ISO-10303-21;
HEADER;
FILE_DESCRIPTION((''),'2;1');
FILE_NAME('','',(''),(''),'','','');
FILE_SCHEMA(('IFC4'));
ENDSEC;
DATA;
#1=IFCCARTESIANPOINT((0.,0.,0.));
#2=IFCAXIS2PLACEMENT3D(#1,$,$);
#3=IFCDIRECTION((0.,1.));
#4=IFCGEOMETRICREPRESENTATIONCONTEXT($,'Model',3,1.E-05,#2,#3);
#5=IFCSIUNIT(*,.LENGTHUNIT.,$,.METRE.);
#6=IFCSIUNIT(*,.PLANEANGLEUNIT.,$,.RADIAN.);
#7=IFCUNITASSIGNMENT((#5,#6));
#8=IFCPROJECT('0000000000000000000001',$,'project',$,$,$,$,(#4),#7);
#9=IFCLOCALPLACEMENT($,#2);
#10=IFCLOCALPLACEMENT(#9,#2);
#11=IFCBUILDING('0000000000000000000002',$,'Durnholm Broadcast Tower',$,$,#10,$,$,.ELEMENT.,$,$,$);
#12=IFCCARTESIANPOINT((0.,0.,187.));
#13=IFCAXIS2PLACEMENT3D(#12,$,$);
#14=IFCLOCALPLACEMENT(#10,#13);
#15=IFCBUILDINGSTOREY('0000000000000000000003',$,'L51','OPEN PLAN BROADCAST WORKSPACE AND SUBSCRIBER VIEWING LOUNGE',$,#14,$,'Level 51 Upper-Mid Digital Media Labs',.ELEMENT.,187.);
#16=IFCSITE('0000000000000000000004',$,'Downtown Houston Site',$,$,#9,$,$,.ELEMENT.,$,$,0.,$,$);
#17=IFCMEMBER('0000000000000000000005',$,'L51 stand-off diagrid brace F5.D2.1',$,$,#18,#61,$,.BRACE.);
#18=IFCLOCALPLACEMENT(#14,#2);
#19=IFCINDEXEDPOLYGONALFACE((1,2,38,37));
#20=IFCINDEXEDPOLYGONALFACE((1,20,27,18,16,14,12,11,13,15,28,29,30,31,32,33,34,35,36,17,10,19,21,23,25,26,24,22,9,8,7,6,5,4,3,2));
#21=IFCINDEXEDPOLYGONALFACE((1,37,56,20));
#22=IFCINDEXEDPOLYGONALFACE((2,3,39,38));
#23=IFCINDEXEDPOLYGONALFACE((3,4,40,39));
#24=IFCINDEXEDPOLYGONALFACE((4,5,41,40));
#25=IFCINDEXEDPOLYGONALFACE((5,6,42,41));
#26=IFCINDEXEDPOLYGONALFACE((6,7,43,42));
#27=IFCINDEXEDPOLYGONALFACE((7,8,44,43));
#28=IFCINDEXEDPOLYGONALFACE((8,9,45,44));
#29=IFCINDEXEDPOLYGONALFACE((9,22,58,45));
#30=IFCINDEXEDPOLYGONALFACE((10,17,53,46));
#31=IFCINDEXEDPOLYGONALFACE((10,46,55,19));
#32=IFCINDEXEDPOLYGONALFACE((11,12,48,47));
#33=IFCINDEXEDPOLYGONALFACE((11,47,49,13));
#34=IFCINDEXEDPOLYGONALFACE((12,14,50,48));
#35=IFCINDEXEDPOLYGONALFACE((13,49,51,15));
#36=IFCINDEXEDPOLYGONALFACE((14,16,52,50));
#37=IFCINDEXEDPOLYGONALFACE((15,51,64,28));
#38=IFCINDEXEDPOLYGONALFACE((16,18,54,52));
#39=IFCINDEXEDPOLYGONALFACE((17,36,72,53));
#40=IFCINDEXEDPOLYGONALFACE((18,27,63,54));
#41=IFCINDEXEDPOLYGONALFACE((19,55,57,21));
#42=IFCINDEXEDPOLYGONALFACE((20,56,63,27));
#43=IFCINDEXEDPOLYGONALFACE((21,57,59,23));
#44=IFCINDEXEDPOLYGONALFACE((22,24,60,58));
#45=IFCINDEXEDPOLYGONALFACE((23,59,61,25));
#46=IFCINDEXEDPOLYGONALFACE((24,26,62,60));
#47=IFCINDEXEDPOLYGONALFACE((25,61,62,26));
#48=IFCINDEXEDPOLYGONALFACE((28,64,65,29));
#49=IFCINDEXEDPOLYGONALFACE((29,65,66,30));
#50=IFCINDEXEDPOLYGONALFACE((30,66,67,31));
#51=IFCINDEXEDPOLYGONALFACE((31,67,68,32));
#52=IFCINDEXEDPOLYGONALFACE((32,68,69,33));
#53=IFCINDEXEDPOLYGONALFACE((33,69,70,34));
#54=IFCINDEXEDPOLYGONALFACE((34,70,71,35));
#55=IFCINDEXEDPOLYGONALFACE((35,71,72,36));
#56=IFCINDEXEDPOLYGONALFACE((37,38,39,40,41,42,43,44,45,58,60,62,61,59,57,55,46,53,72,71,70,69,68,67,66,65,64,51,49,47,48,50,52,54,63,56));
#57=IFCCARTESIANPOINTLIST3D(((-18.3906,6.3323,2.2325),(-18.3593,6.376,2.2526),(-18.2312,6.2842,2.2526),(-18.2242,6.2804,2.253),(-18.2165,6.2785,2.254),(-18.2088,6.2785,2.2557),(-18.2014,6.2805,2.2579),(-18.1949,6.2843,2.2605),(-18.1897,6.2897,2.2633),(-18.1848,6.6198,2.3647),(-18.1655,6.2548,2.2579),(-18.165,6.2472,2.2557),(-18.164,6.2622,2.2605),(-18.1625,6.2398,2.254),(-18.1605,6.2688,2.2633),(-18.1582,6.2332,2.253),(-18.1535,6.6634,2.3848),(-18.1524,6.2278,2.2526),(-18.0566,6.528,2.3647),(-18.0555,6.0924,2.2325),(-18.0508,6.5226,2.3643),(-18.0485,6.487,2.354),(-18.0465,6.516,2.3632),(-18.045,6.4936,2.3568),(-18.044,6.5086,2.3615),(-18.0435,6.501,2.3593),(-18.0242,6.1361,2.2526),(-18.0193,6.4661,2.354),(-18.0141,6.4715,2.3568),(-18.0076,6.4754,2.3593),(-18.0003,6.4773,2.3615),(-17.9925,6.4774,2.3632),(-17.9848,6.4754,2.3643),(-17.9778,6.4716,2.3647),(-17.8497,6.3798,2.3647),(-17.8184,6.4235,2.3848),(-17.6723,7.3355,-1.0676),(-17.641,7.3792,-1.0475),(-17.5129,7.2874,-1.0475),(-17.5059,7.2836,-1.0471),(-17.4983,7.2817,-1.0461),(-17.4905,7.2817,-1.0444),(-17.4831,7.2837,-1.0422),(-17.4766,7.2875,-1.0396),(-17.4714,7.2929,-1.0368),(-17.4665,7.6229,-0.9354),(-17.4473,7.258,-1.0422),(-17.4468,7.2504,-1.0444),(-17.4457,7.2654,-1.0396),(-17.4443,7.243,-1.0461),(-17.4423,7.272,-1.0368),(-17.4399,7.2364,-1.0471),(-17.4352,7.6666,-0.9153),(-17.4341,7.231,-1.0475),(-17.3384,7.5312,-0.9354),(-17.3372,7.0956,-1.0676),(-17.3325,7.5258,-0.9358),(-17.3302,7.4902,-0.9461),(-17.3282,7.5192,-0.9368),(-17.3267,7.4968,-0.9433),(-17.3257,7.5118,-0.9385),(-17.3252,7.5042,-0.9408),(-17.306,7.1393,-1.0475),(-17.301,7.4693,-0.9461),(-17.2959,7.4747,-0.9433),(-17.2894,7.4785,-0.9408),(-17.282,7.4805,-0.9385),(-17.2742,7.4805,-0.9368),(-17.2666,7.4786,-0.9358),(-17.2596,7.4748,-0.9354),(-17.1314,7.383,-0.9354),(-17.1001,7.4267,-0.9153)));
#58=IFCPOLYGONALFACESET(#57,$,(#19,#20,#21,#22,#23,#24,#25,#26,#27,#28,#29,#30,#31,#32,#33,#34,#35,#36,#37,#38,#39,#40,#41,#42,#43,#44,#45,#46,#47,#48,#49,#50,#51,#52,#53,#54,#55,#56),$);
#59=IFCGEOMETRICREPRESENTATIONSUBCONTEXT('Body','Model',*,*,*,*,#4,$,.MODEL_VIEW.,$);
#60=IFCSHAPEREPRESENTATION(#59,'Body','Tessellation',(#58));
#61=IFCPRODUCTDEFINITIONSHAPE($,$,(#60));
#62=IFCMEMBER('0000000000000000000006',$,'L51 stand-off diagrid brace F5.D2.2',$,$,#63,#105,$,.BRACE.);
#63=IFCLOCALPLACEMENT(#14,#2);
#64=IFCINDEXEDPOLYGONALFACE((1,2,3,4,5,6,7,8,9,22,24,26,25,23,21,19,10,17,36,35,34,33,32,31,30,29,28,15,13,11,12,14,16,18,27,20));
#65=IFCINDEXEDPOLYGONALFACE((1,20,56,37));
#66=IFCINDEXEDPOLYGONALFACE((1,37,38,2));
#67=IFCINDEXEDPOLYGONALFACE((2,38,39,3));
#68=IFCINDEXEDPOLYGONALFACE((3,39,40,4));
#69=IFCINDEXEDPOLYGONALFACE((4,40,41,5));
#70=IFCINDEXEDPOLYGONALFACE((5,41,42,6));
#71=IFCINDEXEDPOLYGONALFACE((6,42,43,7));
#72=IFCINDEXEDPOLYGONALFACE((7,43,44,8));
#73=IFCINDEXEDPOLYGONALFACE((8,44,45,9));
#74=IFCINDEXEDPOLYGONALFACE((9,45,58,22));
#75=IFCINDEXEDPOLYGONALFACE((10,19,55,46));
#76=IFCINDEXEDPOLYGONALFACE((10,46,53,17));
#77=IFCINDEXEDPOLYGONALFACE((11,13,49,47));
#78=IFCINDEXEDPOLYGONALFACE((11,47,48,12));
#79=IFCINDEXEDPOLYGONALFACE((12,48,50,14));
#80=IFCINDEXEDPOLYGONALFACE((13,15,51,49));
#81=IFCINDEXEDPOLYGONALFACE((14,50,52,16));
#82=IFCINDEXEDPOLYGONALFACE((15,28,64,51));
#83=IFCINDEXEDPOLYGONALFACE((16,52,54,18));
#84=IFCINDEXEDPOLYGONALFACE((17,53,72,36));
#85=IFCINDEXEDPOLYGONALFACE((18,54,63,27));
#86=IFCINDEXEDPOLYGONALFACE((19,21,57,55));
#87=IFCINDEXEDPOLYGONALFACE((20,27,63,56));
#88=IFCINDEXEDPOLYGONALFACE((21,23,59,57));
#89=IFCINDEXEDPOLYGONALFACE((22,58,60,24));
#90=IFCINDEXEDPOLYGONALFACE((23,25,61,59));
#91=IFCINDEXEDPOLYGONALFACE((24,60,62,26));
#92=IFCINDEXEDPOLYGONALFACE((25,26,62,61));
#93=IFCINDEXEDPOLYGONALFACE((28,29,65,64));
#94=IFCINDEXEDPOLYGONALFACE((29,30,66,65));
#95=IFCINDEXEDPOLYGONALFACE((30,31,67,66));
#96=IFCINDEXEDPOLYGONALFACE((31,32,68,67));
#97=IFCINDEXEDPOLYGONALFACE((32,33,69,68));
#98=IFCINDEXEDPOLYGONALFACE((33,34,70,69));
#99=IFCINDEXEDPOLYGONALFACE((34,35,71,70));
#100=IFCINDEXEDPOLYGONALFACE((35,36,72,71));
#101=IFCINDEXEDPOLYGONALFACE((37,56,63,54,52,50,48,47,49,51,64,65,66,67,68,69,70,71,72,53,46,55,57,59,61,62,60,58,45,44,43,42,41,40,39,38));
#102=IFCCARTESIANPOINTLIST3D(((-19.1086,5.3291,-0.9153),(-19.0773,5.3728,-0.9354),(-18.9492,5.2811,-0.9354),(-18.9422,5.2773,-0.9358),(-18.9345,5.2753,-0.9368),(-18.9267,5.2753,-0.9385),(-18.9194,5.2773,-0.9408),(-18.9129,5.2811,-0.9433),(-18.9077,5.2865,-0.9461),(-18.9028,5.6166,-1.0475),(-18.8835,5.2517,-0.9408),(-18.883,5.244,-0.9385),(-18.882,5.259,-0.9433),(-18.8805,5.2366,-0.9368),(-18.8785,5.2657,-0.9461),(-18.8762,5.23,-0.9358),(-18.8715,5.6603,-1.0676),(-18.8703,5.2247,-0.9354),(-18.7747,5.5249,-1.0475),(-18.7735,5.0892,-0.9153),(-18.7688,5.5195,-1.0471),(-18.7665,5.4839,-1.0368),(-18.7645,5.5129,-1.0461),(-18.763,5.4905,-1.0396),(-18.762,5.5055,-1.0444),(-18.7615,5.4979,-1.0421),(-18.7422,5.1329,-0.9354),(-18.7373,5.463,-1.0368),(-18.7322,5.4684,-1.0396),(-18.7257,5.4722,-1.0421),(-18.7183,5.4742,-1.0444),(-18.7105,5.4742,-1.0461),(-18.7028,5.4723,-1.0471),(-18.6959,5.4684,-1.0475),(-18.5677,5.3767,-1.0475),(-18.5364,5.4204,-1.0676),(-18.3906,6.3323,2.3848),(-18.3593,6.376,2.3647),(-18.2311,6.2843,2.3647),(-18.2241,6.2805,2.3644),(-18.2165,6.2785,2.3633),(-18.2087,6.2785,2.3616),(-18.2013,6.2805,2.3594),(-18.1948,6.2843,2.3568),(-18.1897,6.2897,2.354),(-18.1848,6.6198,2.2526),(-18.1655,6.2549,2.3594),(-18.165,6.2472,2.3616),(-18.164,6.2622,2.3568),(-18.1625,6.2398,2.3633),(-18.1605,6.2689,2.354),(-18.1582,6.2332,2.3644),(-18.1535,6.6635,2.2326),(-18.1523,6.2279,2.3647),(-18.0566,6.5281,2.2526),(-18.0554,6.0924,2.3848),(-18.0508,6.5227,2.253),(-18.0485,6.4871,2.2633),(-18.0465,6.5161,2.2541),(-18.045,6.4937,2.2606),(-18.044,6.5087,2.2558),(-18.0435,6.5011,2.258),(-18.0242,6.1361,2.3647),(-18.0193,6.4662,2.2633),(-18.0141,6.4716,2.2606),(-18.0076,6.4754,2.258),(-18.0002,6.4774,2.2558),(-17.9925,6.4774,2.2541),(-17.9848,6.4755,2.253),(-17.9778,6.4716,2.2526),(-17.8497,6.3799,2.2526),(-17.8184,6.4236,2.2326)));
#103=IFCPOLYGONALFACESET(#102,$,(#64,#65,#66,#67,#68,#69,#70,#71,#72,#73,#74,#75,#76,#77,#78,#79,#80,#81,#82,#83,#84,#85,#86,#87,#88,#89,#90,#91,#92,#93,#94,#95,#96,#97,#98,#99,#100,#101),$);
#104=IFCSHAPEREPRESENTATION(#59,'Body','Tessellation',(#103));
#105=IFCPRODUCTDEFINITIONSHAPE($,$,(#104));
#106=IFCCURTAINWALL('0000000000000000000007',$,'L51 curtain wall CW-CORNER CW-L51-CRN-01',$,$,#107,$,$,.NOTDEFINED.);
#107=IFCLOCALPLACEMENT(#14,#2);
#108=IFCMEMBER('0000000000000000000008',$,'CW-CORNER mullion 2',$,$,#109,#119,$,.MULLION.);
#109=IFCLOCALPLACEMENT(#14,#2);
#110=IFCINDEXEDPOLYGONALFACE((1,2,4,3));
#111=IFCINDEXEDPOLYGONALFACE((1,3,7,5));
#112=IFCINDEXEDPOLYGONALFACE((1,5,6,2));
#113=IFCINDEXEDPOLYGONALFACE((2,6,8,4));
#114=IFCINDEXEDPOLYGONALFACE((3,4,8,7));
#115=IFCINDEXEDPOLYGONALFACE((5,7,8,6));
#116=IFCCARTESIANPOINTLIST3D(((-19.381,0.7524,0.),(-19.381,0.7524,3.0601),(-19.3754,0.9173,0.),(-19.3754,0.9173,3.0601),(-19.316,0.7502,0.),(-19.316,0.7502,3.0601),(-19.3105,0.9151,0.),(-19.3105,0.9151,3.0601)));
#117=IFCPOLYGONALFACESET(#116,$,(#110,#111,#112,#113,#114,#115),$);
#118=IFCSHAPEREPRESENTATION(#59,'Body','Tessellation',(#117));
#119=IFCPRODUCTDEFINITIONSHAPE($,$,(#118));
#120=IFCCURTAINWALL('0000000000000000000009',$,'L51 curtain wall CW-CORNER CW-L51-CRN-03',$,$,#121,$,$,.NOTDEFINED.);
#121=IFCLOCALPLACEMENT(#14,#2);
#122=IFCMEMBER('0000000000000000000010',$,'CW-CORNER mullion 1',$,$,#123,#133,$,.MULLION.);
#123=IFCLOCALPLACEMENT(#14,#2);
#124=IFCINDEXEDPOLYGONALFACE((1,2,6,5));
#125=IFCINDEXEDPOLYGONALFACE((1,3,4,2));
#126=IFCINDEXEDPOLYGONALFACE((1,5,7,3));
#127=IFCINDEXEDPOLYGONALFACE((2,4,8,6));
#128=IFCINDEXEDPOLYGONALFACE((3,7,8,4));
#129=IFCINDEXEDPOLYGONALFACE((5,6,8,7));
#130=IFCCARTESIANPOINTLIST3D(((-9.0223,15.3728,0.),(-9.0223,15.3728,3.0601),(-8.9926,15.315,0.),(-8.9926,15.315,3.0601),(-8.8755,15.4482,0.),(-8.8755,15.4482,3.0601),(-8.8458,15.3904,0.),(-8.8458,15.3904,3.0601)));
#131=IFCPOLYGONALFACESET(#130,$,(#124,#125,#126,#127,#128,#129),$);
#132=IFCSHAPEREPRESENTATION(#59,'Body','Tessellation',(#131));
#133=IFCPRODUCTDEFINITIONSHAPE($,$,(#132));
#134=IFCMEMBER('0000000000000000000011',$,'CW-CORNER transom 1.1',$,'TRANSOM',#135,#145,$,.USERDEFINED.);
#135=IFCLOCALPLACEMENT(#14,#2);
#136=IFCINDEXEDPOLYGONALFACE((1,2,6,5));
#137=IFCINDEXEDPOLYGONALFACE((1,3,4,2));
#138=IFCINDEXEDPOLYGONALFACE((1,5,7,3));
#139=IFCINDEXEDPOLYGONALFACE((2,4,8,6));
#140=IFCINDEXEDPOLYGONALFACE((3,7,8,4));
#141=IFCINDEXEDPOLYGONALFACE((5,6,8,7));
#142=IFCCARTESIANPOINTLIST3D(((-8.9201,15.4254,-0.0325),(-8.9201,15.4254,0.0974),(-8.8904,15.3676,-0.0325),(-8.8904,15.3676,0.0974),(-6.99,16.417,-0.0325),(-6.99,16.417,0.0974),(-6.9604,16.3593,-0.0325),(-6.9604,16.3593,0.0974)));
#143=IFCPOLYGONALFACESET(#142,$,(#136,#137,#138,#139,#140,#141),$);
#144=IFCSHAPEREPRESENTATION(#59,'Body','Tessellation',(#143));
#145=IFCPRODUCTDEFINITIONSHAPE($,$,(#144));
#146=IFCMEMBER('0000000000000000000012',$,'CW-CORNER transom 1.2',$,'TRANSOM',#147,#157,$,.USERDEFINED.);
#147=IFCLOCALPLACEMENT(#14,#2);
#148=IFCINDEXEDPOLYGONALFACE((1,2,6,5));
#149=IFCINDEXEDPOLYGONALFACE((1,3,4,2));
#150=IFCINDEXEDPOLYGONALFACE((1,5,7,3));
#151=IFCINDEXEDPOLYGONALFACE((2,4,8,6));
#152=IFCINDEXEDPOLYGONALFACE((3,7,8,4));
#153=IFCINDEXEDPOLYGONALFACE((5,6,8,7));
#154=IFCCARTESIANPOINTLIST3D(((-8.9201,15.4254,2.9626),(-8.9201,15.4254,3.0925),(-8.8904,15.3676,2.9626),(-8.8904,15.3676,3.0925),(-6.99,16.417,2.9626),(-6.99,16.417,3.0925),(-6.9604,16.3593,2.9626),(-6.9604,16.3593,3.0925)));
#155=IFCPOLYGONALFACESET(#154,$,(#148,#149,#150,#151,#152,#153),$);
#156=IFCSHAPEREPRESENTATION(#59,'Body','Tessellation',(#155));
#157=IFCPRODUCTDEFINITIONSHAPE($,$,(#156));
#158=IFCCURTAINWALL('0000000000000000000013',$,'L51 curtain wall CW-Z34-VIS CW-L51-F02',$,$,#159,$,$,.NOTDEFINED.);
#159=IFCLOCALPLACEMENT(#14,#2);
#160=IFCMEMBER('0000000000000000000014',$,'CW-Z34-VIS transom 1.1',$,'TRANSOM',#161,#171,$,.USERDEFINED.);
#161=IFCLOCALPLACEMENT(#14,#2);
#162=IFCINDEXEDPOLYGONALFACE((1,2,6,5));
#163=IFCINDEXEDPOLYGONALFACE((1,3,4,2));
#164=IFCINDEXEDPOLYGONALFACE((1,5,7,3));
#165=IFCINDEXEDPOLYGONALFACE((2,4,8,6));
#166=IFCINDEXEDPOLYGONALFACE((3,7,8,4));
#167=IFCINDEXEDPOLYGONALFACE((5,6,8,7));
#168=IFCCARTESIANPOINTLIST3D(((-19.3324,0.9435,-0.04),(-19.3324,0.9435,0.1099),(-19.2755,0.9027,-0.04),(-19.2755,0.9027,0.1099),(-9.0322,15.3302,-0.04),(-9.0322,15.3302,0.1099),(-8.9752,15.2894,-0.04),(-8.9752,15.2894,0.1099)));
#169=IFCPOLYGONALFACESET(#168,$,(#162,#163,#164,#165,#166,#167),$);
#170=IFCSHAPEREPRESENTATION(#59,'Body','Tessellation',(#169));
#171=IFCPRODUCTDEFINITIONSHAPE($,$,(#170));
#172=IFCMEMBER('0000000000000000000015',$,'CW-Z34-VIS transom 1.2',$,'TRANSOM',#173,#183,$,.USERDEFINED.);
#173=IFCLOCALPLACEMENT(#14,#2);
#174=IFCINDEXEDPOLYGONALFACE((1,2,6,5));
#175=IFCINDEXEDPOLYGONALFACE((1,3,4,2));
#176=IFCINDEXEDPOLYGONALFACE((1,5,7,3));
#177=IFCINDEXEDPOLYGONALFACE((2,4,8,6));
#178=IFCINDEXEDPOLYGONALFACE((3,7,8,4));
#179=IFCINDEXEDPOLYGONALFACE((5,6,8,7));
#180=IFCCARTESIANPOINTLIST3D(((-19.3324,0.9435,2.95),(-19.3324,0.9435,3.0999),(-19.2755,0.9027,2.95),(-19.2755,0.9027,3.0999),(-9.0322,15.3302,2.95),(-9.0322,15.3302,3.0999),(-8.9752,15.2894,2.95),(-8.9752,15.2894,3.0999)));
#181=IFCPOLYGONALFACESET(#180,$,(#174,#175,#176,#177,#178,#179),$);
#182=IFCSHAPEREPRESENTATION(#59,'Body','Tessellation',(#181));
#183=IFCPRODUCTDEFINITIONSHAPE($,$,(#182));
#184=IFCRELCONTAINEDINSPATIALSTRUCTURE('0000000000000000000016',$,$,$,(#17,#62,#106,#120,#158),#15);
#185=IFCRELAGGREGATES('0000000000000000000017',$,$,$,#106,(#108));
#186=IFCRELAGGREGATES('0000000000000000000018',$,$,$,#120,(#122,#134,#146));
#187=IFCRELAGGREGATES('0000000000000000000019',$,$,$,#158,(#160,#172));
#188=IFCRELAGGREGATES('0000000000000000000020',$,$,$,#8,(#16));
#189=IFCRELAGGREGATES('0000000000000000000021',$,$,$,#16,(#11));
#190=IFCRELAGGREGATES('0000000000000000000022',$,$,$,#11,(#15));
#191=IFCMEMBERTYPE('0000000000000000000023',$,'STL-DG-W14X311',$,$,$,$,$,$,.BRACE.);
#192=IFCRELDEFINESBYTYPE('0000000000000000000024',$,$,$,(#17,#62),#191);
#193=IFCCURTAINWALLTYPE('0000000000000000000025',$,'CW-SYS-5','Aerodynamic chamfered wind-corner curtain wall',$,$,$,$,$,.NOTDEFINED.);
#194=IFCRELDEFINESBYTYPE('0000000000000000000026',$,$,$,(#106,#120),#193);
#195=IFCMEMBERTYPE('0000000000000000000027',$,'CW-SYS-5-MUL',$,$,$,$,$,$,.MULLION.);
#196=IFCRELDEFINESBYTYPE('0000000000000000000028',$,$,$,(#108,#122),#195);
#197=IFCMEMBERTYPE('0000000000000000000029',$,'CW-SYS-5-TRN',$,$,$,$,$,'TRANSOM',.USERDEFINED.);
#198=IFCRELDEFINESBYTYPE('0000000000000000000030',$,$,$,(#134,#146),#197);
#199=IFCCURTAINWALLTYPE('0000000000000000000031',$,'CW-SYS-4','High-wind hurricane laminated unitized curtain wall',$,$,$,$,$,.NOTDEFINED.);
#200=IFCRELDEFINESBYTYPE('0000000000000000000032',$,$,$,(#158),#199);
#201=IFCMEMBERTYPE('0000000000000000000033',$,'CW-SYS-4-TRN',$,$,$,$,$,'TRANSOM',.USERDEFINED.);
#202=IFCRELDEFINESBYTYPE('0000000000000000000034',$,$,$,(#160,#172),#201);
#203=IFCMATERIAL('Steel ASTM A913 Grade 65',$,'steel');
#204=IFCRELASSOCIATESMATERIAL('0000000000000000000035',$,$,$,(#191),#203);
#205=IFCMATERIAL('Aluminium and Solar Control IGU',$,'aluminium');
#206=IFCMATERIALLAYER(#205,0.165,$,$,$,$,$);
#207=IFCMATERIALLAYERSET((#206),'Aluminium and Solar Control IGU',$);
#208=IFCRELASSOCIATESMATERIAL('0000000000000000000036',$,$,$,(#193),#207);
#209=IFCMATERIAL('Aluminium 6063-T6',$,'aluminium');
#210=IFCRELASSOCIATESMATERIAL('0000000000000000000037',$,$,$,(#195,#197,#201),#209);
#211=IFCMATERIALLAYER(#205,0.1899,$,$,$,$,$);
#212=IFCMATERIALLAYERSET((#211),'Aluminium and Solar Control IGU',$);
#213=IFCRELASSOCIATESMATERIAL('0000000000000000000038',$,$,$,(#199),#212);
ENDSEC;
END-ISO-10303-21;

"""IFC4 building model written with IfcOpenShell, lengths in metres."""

from ifc_helpers import new_model, si_unit, direction, frame, origin, origin_2d, place, context, subcontext, project, spatial, rectangle, i_section, extrude, source, transform, mapped, material, layer, layer_set, material_profile, profile_set, type_object, type_shapes, element, aggregate, save


model = new_model("IFC4")

# Units and contexts
model_context = context("Model", 3, precision=1e-05, world=origin(), true_north=direction((0.0, 1.0)))
body_context = subcontext(model_context, "Body", "Model", "MODEL_VIEW")
ifc_project = project(units=[si_unit("LENGTHUNIT", "METRE"), si_unit("PLANEANGLEUNIT", "RADIAN")], contexts=[model_context])

# Site, building, storey
site_placement = place(None, origin())
site = spatial("IfcSite", under=ifc_project, at=site_placement, Name="Downtown Houston Site", CompositionType="ELEMENT", RefElevation=0.0)
building_placement = place(site_placement, origin())
building = spatial("IfcBuilding", under=site, at=building_placement, Name="Durnholm Broadcast Tower", CompositionType="ELEMENT")
storey_placement = place(building_placement, frame((0.0, 0.0, 187.0)))
storey = spatial("IfcBuildingStorey", under=building, at=storey_placement, Name="L51", Description="OPEN PLAN BROADCAST WORKSPACE AND SUBSCRIBER VIEWING LOUNGE", LongName="Level 51 Upper-Mid Digital Media Labs", CompositionType="ELEMENT", Elevation=187.0)

# Members
ifc_material_1 = material(Name="Steel ASTM A913 Grade 65", Category="steel")
ifc_material_profile_1 = material_profile(ifc_material_1, i_section(OverallWidth=0.4121, OverallDepth=0.4348, WebThickness=0.0359, FlangeThickness=0.0574, FilletRadius=0.0305, at=origin_2d()), Name="W14X311")
ifc_profile_set_1 = profile_set([ifc_material_profile_1], Name="Steel ASTM A913 Grade 65")
member_type_1 = type_object("IfcMemberType", Name="STL-DG-W14X311", PredefinedType="BRACE", material=ifc_profile_set_1)
shared_shape_1 = source(origin(), body_context, "Body", "SweptSolid", [
    extrude(i_section(OverallWidth=0.4121, OverallDepth=0.4348, WebThickness=0.0359, FlangeThickness=0.0574, FilletRadius=0.0305, at=origin_2d()), origin(), (0.0, 0.0, 1.0), 3.5232),
])
type_shapes(member_type_1, [shared_shape_1])
for number, where, z_axis, x_axis, name in (
    (1, (-17.3862, 7.3811, -0.9915), (-0.203869, -0.284738, 0.936676), (0.813078, -0.582155, 0.0), "L51 stand-off diagrid brace F5.D2.1"),
    (2, (-18.8225, 5.3748, -0.9915), (0.203803, 0.284742, 0.936689), (-0.813171, 0.582024, 0.0), "L51 stand-off diagrid brace F5.D2.2"),
):
    element("IfcMember", number, at=place(storey_placement, frame(where, z_axis=z_axis, x_axis=x_axis)), inside=storey, type_object=member_type_1, Name=name, PredefinedType="BRACE", context=body_context, shape_type="MappedRepresentation", body=[
        mapped(shared_shape_1, transform((0.0, 0.0, 0.0), x_axis=(1.0, 0.0, 0.0), y_axis=(0.0, 1.0, 0.0), z_axis=(0.0, 0.0, 1.0), scale=1.0)),
    ])

# Curtain wall, member
ifc_material_2 = material(Name="Aluminium and Solar Control IGU", Category="aluminium")
ifc_layer_1 = layer(ifc_material_2, 0.165)
ifc_layer_set_1 = layer_set([ifc_layer_1], Name="Aluminium and Solar Control IGU")
curtain_wall_type_1 = type_object("IfcCurtainWallType", Name="CW-SYS-5", Description="Aerodynamic chamfered wind-corner curtain wall", PredefinedType="NOTDEFINED", material=ifc_layer_set_1)
curtain_wall_1_placement = place(storey_placement, origin())
curtain_wall_1 = element("IfcCurtainWall", 3, at=curtain_wall_1_placement, inside=storey, type_object=curtain_wall_type_1, Name="L51 curtain wall CW-CORNER CW-L51-CRN-01", PredefinedType="NOTDEFINED")
ifc_material_3 = material(Name="Aluminium 6063-T6", Category="aluminium")
ifc_material_profile_2 = material_profile(ifc_material_3, rectangle(XDim=0.0649, YDim=0.165, at=origin_2d()), Name="CWM65X165")
ifc_profile_set_2 = profile_set([ifc_material_profile_2], Name="Aluminium 6063-T6")
member_type_2 = type_object("IfcMemberType", Name="CW-SYS-5-MUL", PredefinedType="MULLION", material=ifc_profile_set_2)
shared_shape_2 = source(origin(), body_context, "Body", "SweptSolid", [
    extrude(rectangle(XDim=0.0649, YDim=0.165, at=origin_2d()), origin(), (0.0, 0.0, 1.0), 3.0601),
])
type_shapes(member_type_2, [shared_shape_2])
member_1_placement = place(storey_placement, frame((-19.3457, 0.8337, 0.0), z_axis=(0.0, 0.0, 1.0), x_axis=(-0.999425, 0.033913, 0.0)))
member_1 = element("IfcMember", 4, at=member_1_placement, type_object=member_type_2, Name="CW-CORNER mullion 2", PredefinedType="MULLION", context=body_context, shape_type="MappedRepresentation", body=[
    mapped(shared_shape_2, transform((0.0, 0.0, 0.0), x_axis=(1.0, 0.0, 0.0), y_axis=(0.0, 1.0, 0.0), z_axis=(0.0, 0.0, 1.0), scale=1.0)),
])
aggregate(curtain_wall_1, [member_1])

# Curtain walls, members
curtain_wall_2_placement = place(storey_placement, origin())
curtain_wall_2 = element("IfcCurtainWall", 5, at=curtain_wall_2_placement, inside=storey, type_object=curtain_wall_type_1, Name="L51 curtain wall CW-CORNER CW-L51-CRN-03", PredefinedType="NOTDEFINED")
member_2_placement = place(storey_placement, frame((-8.9341, 15.3816, 0.0), z_axis=(0.0, 0.0, 1.0), x_axis=(-0.457082, 0.889425, 0.0)))
member_2 = element("IfcMember", 6, at=member_2_placement, type_object=member_type_2, Name="CW-CORNER mullion 1", PredefinedType="MULLION", context=body_context, shape_type="MappedRepresentation", body=[
    mapped(shared_shape_2, transform((0.0, 0.0, 0.0), x_axis=(1.0, 0.0, 0.0), y_axis=(0.0, 1.0, 0.0), z_axis=(0.0, 0.0, 1.0), scale=1.0)),
])
ifc_material_profile_3 = material_profile(ifc_material_3, rectangle(XDim=0.0649, YDim=0.1299, at=origin_2d()), Name="CWT65X130")
ifc_profile_set_3 = profile_set([ifc_material_profile_3], Name="Aluminium 6063-T6")
member_type_3 = type_object("IfcMemberType", Name="CW-SYS-5-TRN", ElementType="TRANSOM", PredefinedType="USERDEFINED", material=ifc_profile_set_3)
shared_shape_3 = source(origin(), body_context, "Body", "SweptSolid", [
    extrude(rectangle(XDim=0.0649, YDim=0.1299, at=origin_2d()), origin(), (0.0, 0.0, 1.0), 2.1699),
])
type_shapes(member_type_3, [shared_shape_3])
member_3_placement = place(storey_placement, frame((-8.9053, 15.3965, 0.0325), z_axis=(0.889468, 0.456997, 0.0), x_axis=(-0.456997, 0.889468, 0.0)))
member_3 = element("IfcMember", 7, at=member_3_placement, type_object=member_type_3, Name="CW-CORNER transom 1.1", ObjectType="TRANSOM", PredefinedType="USERDEFINED", context=body_context, shape_type="MappedRepresentation", body=[
    mapped(shared_shape_3, transform((0.0, 0.0, 0.0), x_axis=(1.0, 0.0, 0.0), y_axis=(0.0, 1.0, 0.0), z_axis=(0.0, 0.0, 1.0), scale=1.0)),
])
member_4_placement = place(storey_placement, frame((-8.9053, 15.3965, 3.0276), z_axis=(0.889468, 0.456997, 0.0), x_axis=(-0.456997, 0.889468, 0.0)))
member_4 = element("IfcMember", 8, at=member_4_placement, type_object=member_type_3, Name="CW-CORNER transom 1.2", ObjectType="TRANSOM", PredefinedType="USERDEFINED", context=body_context, shape_type="MappedRepresentation", body=[
    mapped(shared_shape_3, transform((0.0, 0.0, 0.0), x_axis=(1.0, 0.0, 0.0), y_axis=(0.0, 1.0, 0.0), z_axis=(0.0, 0.0, 1.0), scale=1.0)),
])
ifc_layer_2 = layer(ifc_material_2, 0.1899)
ifc_layer_set_2 = layer_set([ifc_layer_2], Name="Aluminium and Solar Control IGU")
curtain_wall_type_2 = type_object("IfcCurtainWallType", Name="CW-SYS-4", Description="High-wind hurricane laminated unitized curtain wall", PredefinedType="NOTDEFINED", material=ifc_layer_set_2)
curtain_wall_3_placement = place(storey_placement, origin())
curtain_wall_3 = element("IfcCurtainWall", 9, at=curtain_wall_3_placement, inside=storey, type_object=curtain_wall_type_2, Name="L51 curtain wall CW-Z34-VIS CW-L51-F02", PredefinedType="NOTDEFINED")
ifc_material_profile_4 = material_profile(ifc_material_3, rectangle(XDim=0.0701, YDim=0.1499, at=origin_2d()), Name="CWT70X150")
ifc_profile_set_4 = profile_set([ifc_material_profile_4], Name="Aluminium 6063-T6")
member_type_4 = type_object("IfcMemberType", Name="CW-SYS-4-TRN", ElementType="TRANSOM", PredefinedType="USERDEFINED", material=ifc_profile_set_4)
shared_shape_4 = source(origin(), body_context, "Body", "SweptSolid", [
    extrude(rectangle(XDim=0.0701, YDim=0.1499, at=origin_2d()), origin(), (0.0, 0.0, 1.0), 17.6938),
])
type_shapes(member_type_4, [shared_shape_4])
member_5_placement = place(storey_placement, frame((-19.304, 0.9231, 0.0349), z_axis=(0.582138, 0.81309, 0.0), x_axis=(-0.81309, 0.582138, 0.0)))
member_5 = element("IfcMember", 10, at=member_5_placement, type_object=member_type_4, Name="CW-Z34-VIS transom 1.1", ObjectType="TRANSOM", PredefinedType="USERDEFINED", context=body_context, shape_type="MappedRepresentation", body=[
    mapped(shared_shape_4, transform((0.0, 0.0, 0.0), x_axis=(1.0, 0.0, 0.0), y_axis=(0.0, 1.0, 0.0), z_axis=(0.0, 0.0, 1.0), scale=1.0)),
])
member_6_placement = place(storey_placement, frame((-19.304, 0.9231, 3.0249), z_axis=(0.582138, 0.81309, 0.0), x_axis=(-0.81309, 0.582138, 0.0)))
member_6 = element("IfcMember", 11, at=member_6_placement, type_object=member_type_4, Name="CW-Z34-VIS transom 1.2", ObjectType="TRANSOM", PredefinedType="USERDEFINED", context=body_context, shape_type="MappedRepresentation", body=[
    mapped(shared_shape_4, transform((0.0, 0.0, 0.0), x_axis=(1.0, 0.0, 0.0), y_axis=(0.0, 1.0, 0.0), z_axis=(0.0, 0.0, 1.0), scale=1.0)),
])

aggregate(curtain_wall_2, [member_2, member_3, member_4])
aggregate(curtain_wall_3, [member_5, member_6])

save(model, "model.ifc")
